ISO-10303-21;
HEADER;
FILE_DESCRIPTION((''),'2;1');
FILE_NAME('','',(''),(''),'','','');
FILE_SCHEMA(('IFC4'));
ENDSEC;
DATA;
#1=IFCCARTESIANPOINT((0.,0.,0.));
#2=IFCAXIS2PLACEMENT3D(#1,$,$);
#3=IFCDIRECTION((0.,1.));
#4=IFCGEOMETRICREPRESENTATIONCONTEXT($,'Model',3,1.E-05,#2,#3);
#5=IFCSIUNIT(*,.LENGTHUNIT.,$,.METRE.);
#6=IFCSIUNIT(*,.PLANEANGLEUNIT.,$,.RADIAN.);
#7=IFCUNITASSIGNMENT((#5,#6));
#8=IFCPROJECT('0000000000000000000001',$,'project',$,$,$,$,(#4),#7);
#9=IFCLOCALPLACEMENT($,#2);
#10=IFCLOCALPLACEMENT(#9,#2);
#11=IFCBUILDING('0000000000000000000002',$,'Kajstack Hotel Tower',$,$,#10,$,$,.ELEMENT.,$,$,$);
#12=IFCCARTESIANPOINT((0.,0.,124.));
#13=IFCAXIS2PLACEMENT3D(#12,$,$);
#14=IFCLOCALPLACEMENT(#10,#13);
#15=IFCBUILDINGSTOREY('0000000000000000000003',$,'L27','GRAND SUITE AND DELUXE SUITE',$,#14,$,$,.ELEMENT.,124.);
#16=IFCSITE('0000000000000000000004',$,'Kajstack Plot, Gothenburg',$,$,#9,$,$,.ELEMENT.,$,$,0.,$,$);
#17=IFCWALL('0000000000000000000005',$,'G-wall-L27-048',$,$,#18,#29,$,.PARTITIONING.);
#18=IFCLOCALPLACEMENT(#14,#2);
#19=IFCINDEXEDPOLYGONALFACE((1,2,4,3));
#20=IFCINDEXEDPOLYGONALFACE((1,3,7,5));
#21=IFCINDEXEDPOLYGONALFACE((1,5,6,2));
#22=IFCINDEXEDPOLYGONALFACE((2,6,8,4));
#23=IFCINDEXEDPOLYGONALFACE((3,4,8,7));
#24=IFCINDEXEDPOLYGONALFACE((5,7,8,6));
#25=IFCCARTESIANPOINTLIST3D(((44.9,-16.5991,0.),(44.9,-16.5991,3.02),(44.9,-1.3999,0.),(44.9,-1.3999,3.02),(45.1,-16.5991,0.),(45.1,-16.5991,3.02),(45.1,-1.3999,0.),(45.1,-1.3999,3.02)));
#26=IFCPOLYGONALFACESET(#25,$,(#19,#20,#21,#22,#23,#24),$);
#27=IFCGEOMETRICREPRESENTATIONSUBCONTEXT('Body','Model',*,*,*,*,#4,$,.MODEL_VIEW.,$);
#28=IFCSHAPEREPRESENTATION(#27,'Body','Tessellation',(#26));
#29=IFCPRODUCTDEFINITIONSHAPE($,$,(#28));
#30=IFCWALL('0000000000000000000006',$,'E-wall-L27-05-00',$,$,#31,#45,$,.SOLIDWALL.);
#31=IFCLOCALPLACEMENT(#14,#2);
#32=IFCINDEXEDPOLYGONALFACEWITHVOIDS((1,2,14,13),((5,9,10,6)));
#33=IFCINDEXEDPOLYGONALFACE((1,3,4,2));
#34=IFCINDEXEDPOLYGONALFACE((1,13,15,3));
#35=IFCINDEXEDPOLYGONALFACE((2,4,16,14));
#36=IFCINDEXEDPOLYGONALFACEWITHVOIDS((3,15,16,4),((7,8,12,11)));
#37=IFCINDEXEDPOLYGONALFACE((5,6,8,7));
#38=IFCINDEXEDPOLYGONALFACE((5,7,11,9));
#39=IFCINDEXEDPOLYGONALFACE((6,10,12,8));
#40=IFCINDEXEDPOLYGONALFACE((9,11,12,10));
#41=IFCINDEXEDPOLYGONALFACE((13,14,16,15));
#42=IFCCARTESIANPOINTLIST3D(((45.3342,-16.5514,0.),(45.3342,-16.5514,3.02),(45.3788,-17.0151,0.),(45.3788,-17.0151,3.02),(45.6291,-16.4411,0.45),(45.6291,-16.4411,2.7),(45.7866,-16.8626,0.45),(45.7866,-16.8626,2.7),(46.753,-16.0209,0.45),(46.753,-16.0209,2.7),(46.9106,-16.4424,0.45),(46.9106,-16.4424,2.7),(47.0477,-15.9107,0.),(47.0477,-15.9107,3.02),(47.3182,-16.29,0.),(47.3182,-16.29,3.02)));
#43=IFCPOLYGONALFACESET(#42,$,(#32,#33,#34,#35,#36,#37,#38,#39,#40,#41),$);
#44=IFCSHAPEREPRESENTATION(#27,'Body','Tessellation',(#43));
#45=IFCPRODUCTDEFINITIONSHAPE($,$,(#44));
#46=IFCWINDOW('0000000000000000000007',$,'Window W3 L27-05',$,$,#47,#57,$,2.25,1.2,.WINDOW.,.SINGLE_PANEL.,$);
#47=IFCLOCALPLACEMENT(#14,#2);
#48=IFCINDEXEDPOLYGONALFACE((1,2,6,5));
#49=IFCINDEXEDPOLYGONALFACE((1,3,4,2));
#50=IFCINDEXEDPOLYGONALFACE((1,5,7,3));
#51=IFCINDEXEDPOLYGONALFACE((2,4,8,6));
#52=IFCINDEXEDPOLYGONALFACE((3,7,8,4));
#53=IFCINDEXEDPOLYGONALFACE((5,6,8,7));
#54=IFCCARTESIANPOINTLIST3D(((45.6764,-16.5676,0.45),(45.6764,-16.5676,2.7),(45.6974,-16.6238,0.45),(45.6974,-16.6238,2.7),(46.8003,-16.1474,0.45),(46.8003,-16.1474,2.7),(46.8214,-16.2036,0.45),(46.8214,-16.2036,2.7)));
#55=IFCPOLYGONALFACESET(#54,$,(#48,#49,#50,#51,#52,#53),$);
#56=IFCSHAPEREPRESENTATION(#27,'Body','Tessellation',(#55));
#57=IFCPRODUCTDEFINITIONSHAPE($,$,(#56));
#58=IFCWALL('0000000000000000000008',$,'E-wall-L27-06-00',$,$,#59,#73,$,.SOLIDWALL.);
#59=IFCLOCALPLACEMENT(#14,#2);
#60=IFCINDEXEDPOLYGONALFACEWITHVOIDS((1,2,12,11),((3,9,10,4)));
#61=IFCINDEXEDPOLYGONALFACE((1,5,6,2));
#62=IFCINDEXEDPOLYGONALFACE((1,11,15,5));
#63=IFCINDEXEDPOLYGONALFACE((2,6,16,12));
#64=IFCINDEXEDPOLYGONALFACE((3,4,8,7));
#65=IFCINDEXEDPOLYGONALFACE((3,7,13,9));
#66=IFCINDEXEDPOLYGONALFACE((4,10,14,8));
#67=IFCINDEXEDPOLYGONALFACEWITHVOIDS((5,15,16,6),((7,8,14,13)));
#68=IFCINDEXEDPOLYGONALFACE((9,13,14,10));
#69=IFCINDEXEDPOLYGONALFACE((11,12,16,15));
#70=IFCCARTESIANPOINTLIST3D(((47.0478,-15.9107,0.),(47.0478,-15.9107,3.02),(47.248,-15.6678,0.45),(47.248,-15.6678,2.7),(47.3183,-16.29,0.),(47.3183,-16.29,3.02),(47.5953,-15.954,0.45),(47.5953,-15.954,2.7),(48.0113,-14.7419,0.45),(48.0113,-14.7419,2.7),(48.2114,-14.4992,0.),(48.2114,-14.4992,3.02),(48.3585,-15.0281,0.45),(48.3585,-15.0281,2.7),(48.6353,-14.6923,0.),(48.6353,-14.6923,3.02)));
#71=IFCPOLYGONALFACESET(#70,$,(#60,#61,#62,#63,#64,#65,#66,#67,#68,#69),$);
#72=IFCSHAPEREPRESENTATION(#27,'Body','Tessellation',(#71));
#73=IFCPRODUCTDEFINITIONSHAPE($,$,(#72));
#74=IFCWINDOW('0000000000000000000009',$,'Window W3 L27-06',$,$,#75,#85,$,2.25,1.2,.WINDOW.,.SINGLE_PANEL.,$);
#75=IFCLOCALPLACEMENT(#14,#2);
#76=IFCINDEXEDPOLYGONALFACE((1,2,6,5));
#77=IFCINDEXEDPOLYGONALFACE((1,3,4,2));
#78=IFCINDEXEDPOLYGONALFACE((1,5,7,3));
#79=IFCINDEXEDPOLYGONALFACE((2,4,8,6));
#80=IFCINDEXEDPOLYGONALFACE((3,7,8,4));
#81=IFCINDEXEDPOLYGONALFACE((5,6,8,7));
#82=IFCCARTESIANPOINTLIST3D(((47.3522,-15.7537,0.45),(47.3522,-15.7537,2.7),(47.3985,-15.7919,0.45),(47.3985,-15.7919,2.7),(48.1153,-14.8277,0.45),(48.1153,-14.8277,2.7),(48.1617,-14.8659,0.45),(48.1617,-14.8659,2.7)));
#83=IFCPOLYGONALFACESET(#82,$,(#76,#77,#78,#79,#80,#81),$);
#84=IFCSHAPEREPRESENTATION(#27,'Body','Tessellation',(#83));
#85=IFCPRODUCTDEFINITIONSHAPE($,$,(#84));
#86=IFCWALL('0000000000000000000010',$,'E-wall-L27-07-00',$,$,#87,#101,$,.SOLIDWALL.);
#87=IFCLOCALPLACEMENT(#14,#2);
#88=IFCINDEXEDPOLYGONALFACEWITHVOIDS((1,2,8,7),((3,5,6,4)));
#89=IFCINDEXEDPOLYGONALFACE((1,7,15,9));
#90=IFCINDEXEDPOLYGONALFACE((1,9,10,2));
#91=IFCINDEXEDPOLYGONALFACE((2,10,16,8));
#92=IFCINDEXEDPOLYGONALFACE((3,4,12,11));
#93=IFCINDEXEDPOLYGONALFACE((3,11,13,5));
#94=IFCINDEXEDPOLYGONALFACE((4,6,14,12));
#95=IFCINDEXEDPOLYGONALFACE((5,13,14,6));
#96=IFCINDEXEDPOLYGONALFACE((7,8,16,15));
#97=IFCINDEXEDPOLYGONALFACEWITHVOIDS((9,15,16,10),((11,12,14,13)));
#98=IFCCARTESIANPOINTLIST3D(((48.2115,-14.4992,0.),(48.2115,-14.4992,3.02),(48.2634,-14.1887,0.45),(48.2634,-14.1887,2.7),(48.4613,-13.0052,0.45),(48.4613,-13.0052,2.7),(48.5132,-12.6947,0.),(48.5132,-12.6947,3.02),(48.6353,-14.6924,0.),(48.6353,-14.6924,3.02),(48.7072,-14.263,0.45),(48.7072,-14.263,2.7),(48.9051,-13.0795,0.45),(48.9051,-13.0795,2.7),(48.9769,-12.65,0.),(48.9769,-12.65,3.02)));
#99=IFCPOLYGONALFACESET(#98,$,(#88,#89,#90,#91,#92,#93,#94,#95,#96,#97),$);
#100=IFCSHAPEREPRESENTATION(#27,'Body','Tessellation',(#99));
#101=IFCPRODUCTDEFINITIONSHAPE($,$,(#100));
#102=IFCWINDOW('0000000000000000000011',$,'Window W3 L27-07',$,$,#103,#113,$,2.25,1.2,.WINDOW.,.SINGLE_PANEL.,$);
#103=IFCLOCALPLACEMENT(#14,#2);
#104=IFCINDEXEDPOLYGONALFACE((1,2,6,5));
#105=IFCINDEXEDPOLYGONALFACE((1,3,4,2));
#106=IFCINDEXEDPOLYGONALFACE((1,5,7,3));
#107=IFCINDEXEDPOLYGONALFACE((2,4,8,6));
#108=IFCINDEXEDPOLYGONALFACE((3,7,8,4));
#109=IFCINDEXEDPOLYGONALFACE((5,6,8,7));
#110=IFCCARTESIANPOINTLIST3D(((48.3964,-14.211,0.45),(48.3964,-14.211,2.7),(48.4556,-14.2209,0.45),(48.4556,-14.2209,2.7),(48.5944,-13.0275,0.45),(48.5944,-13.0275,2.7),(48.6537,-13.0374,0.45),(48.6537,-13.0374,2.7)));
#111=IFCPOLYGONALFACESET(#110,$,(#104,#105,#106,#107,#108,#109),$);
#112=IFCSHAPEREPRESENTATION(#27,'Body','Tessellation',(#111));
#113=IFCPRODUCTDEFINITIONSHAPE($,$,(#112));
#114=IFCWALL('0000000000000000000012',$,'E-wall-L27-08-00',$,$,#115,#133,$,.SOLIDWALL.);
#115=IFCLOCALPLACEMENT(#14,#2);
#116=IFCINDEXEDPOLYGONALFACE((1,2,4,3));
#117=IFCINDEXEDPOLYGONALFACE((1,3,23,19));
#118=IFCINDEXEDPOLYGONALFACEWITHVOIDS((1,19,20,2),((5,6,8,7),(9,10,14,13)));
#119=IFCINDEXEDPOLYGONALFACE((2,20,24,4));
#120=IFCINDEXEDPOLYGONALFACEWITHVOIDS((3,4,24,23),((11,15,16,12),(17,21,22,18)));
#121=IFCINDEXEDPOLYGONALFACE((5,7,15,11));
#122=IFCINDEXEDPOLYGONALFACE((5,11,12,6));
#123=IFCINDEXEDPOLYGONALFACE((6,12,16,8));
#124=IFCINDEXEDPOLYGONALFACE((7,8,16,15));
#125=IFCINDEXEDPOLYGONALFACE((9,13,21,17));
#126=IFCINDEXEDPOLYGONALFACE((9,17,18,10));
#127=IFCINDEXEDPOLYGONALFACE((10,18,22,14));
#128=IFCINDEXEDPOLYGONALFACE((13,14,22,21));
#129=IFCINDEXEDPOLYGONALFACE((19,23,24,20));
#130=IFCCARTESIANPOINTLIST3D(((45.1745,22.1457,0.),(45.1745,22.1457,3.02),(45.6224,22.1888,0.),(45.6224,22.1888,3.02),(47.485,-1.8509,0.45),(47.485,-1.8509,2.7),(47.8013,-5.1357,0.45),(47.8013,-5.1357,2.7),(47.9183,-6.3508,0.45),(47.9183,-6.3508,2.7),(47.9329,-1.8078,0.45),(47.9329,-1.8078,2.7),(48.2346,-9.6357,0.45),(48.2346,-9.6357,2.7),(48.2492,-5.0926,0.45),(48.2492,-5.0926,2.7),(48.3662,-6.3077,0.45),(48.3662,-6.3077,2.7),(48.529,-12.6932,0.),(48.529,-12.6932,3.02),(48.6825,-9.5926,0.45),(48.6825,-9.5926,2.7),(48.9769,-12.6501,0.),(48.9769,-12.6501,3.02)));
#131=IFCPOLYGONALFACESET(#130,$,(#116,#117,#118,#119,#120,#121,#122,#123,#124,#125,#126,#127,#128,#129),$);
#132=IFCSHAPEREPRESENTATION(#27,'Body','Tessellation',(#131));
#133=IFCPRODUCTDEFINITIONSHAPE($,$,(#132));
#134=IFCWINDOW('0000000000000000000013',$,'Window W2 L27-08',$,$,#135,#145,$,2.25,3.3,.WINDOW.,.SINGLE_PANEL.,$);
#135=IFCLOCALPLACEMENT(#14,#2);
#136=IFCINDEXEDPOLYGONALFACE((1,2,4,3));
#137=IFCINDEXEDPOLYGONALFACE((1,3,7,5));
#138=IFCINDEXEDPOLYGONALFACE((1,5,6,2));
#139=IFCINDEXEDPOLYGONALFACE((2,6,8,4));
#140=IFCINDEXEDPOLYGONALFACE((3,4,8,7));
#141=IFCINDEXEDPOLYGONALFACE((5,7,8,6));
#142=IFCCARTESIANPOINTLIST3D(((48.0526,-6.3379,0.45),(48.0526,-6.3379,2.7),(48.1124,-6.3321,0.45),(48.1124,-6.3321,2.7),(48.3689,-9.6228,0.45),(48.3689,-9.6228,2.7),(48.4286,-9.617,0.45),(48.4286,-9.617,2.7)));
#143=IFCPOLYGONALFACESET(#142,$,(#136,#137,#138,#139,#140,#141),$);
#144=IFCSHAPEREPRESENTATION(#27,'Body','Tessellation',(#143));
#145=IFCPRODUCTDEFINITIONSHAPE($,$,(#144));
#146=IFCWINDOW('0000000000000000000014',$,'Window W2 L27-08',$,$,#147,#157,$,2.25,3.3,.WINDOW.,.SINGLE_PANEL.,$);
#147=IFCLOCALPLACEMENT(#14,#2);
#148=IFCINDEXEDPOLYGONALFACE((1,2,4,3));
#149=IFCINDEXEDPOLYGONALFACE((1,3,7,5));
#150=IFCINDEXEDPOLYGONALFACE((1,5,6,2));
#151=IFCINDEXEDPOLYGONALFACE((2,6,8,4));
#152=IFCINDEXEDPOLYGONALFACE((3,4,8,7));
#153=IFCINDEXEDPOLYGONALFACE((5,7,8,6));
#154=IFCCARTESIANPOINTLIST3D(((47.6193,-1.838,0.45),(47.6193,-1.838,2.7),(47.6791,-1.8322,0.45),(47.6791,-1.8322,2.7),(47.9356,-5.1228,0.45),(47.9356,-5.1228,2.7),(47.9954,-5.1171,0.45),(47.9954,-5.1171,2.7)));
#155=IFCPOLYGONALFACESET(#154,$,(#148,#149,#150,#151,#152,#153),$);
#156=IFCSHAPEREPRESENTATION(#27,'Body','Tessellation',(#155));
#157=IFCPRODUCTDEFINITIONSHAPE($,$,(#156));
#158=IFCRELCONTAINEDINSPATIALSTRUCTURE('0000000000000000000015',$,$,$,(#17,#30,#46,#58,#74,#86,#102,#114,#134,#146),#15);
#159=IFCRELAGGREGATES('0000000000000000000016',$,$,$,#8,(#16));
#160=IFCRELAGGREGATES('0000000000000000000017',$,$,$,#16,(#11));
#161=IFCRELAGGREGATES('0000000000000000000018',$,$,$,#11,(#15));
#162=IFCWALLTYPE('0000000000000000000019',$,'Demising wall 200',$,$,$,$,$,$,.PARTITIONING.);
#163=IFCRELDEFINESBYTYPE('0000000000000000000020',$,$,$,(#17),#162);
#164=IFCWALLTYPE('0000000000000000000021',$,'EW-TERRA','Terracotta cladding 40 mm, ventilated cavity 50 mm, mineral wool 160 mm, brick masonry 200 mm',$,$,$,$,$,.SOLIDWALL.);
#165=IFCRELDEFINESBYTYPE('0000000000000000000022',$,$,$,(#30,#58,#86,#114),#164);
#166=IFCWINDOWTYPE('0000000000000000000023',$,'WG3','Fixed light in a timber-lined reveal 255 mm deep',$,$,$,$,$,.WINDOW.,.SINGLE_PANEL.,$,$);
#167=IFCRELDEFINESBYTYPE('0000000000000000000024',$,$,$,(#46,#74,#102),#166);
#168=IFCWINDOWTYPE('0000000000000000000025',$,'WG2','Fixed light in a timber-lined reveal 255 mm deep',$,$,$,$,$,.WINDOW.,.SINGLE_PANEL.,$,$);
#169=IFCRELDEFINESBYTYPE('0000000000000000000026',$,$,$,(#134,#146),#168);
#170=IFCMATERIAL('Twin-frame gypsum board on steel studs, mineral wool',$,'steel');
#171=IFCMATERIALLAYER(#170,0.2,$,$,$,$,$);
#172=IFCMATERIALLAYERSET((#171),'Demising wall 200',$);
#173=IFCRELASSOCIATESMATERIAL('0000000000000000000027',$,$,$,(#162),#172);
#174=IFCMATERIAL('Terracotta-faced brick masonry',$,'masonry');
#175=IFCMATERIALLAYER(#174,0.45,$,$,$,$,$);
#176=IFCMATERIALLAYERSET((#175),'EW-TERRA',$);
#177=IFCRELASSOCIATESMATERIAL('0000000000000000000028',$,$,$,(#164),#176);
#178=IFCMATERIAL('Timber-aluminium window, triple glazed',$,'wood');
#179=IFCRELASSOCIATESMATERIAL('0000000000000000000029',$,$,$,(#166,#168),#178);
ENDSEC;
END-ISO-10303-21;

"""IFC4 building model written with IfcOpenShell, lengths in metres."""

from ifc_helpers import new_model, si_unit, direction, frame, frame_2d, origin, place, context, subcontext, project, spatial, polyline, rectangle, outline, extrude, material, layer, layer_set, type_object, element, fill, save


model = new_model("IFC4")

# Units and contexts
model_context = context("Model", 3, precision=1e-05, world=origin(), true_north=direction((0.0, 1.0)))
body_context = subcontext(model_context, "Body", "Model", "MODEL_VIEW")
ifc_project = project(units=[si_unit("LENGTHUNIT", "METRE"), si_unit("PLANEANGLEUNIT", "RADIAN")], contexts=[model_context])

# Site, building, storey
site_placement = place(None, origin())
site = spatial("IfcSite", under=ifc_project, at=site_placement, Name="Kajstack Plot, Gothenburg", CompositionType="ELEMENT", RefElevation=0.0)
building_placement = place(site_placement, origin())
building = spatial("IfcBuilding", under=site, at=building_placement, Name="Kajstack Hotel Tower", CompositionType="ELEMENT")
storey_placement = place(building_placement, frame((0.0, 0.0, 124.0)))
storey = spatial("IfcBuildingStorey", under=building, at=storey_placement, Name="L27", Description="GRAND SUITE AND DELUXE SUITE", CompositionType="ELEMENT", Elevation=124.0)

# Wall
ifc_material_1 = material(Name="Twin-frame gypsum board on steel studs, mineral wool", Category="steel")
ifc_layer_1 = layer(ifc_material_1, 0.2)
ifc_layer_set_1 = layer_set([ifc_layer_1], Name="Demising wall 200")
wall_type_1 = type_object("IfcWallType", Name="Demising wall 200", PredefinedType="PARTITIONING", material=ifc_layer_set_1)
wall_1_placement = place(storey_placement, frame((45.0, -16.5991, 0.0), z_axis=(0.0, 0.0, 1.0), x_axis=(0.0, 1.0, 0.0)))
element("IfcWall", 1, at=wall_1_placement, inside=storey, type_object=wall_type_1, Name="G-wall-L27-048", PredefinedType="PARTITIONING", context=body_context, shape_type="SweptSolid", body=[
    extrude(rectangle(XDim=15.1992, YDim=0.2, at=frame_2d((7.5996, 0.0))), origin(), (0.0, 0.0, 1.0), 3.02),
])

# Walls, openings, windows
ifc_material_2 = material(Name="Terracotta-faced brick masonry", Category="masonry")
ifc_layer_2 = layer(ifc_material_2, 0.45)
ifc_layer_set_2 = layer_set([ifc_layer_2], Name="EW-TERRA")
wall_type_2 = type_object("IfcWallType", Name="EW-TERRA", Description="Terracotta cladding 40 mm, ventilated cavity 50 mm, mineral wool 160 mm, brick masonry 200 mm", PredefinedType="SOLIDWALL", material=ifc_layer_set_2)
wall_2_placement = place(storey_placement, frame((45.3, -16.8044, 0.0), z_axis=(0.0, 0.0, 1.0), x_axis=(0.936678, 0.350193, 0.0)))
wall_2 = element("IfcWall", 2, at=wall_2_placement, inside=storey, type_object=wall_type_2, Name="E-wall-L27-05-00", PredefinedType="SOLIDWALL", context=body_context, shape_type="SweptSolid", body=[
    extrude(outline(polyline([(0.0, -0.2249), (2.0706, -0.2249), (1.95, 0.2251), (0.1206, 0.2251), (0.0, -0.2249)])), origin(), (0.0, 0.0, 1.0), 3.02),
])
opening_1_placement = place(wall_2_placement, frame((0.4353, 0.0, 0.45)))
opening_1 = element("IfcOpeningElement", 3, at=opening_1_placement, cuts=wall_2, PredefinedType="OPENING", context=body_context, shape_type="SweptSolid", body=[
    extrude(rectangle(XDim=1.2, YDim=2.25, at=frame_2d((0.6001, 1.125))), frame((0.0, 0.2349, 0.0), z_axis=(0.0, -1.0, 0.0), x_axis=(1.0, 0.0, 0.0)), (0.0, 0.0, 1.0), 0.47),
])
ifc_material_3 = material(Name="Timber-aluminium window, triple glazed", Category="wood")
window_type_1 = type_object("IfcWindowType", Name="WG3", Description="Fixed light in a timber-lined reveal 255 mm deep", PartitioningType="SINGLE_PANEL", PredefinedType="WINDOW", material=ifc_material_3)
window_1_placement = place(opening_1_placement, origin())
window_1 = element("IfcWindow", 4, at=window_1_placement, inside=storey, type_object=window_type_1, Name="Window W3 L27-05", OverallHeight=2.25, OverallWidth=1.2, PartitioningType="SINGLE_PANEL", PredefinedType="WINDOW", context=body_context, shape_type="SweptSolid", body=[
    extrude(rectangle(XDim=1.2, YDim=2.25, at=frame_2d((0.6001, 1.125))), frame((0.0, 0.0901, 0.0), z_axis=(0.0, -1.0, 0.0), x_axis=(1.0, 0.0, 0.0)), (0.0, 0.0, 1.0), 0.0601),
])
fill(opening_1, window_1)
wall_3_placement = place(storey_placement, frame((47.1448, -16.147, 0.0), z_axis=(0.0, 0.0, 1.0), x_axis=(0.635988, 0.771699, 0.0)))
wall_3 = element("IfcWall", 5, at=wall_3_placement, inside=storey, type_object=wall_type_2, Name="E-wall-L27-06-00", PredefinedType="SOLIDWALL", context=body_context, shape_type="SweptSolid", body=[
    extrude(outline(polyline([(0.0, -0.2249), (2.0706, -0.2251), (1.95, 0.2249), (0.1206, 0.2251), (0.0, -0.2249)])), origin(), (0.0, 0.0, 1.0), 3.02),
])
opening_2_placement = place(wall_3_placement, frame((0.4353, 0.0, 0.45)))
opening_2 = element("IfcOpeningElement", 6, at=opening_2_placement, cuts=wall_3, PredefinedType="OPENING", context=body_context, shape_type="SweptSolid", body=[
    extrude(rectangle(XDim=1.2, YDim=2.25, at=frame_2d((0.6001, 1.125))), frame((0.0, 0.2349, 0.0), z_axis=(0.0, -1.0, 0.0), x_axis=(1.0, 0.0, 0.0)), (0.0, 0.0, 1.0), 0.47),
])
window_2_placement = place(opening_2_placement, origin())
window_2 = element("IfcWindow", 7, at=window_2_placement, inside=storey, type_object=window_type_1, Name="Window W3 L27-06", OverallHeight=2.25, OverallWidth=1.2, PartitioningType="SINGLE_PANEL", PredefinedType="WINDOW", context=body_context, shape_type="SweptSolid", body=[
    extrude(rectangle(XDim=1.2, YDim=2.25, at=frame_2d((0.6001, 1.125))), frame((0.0, 0.0901, 0.0), z_axis=(0.0, -1.0, 0.0), x_axis=(1.0, 0.0, 0.0)), (0.0, 0.0, 1.0), 0.0601),
])
fill(opening_2, window_2)
wall_4_placement = place(storey_placement, frame((48.4133, -14.6553, 0.0), z_axis=(0.0, 0.0, 1.0), x_axis=(0.165068, 0.986282, 0.0)))
wall_4 = element("IfcWall", 8, at=wall_4_placement, inside=storey, type_object=wall_type_2, Name="E-wall-L27-07-00", PredefinedType="SOLIDWALL", context=body_context, shape_type="SweptSolid", body=[
    extrude(outline(polyline([(0.0, -0.2251), (2.0708, -0.2249), (1.9502, 0.2251), (0.1206, 0.2249), (0.0, -0.2251)])), origin(), (0.0, 0.0, 1.0), 3.02),
])
opening_3_placement = place(wall_4_placement, frame((0.4353, 0.0, 0.45)))
opening_3 = element("IfcOpeningElement", 9, at=opening_3_placement, cuts=wall_4, PredefinedType="OPENING", context=body_context, shape_type="SweptSolid", body=[
    extrude(rectangle(XDim=1.2, YDim=2.25, at=frame_2d((0.6001, 1.125))), frame((0.0, 0.2349, 0.0), z_axis=(0.0, -1.0, 0.0), x_axis=(1.0, 0.0, 0.0)), (0.0, 0.0, 1.0), 0.47),
])
window_3_placement = place(opening_3_placement, origin())
window_3 = element("IfcWindow", 10, at=window_3_placement, inside=storey, type_object=window_type_1, Name="Window W3 L27-07", OverallHeight=2.25, OverallWidth=1.2, PartitioningType="SINGLE_PANEL", PredefinedType="WINDOW", context=body_context, shape_type="SweptSolid", body=[
    extrude(rectangle(XDim=1.2, YDim=2.25, at=frame_2d((0.6001, 1.125))), frame((0.0, 0.0901, 0.0), z_axis=(0.0, -1.0, 0.0), x_axis=(1.0, 0.0, 0.0)), (0.0, 0.0, 1.0), 0.0601),
])
fill(opening_3, window_3)

# Wall, openings, windows
wall_5_placement = place(storey_placement, frame((48.7529, -12.6716, 0.0), z_axis=(0.0, 0.0, 1.0), x_axis=(-0.095843, 0.995396, 0.0)))
wall_5 = element("IfcWall", 11, at=wall_5_placement, inside=storey, type_object=wall_type_2, Name="E-wall-L27-08-00", PredefinedType="SOLIDWALL", context=body_context, shape_type="SweptSolid", body=[
    extrude(rectangle(XDim=35.0, YDim=0.45, at=frame_2d((17.5, 0.0))), origin(), (0.0, 0.0, 1.0), 3.02),
])
opening_4_placement = place(wall_5_placement, frame((3.0718, 0.0, 0.45)))
opening_4 = element("IfcOpeningElement", 12, at=opening_4_placement, cuts=wall_5, PredefinedType="OPENING", context=body_context, shape_type="SweptSolid", body=[
    extrude(rectangle(XDim=3.3, YDim=2.25, at=frame_2d((1.6499, 1.125))), frame((0.0, 0.2349, 0.0), z_axis=(0.0, -1.0, 0.0), x_axis=(1.0, 0.0, 0.0)), (0.0, 0.0, 1.0), 0.47),
])
opening_5_placement = place(wall_5_placement, frame((7.5925, 0.0, 0.45)))
opening_5 = element("IfcOpeningElement", 13, at=opening_5_placement, cuts=wall_5, PredefinedType="OPENING", context=body_context, shape_type="SweptSolid", body=[
    extrude(rectangle(XDim=3.3, YDim=2.25, at=frame_2d((1.6499, 1.125))), frame((0.0, 0.2349, 0.0), z_axis=(0.0, -1.0, 0.0), x_axis=(1.0, 0.0, 0.0)), (0.0, 0.0, 1.0), 0.47),
])
window_type_2 = type_object("IfcWindowType", Name="WG2", Description="Fixed light in a timber-lined reveal 255 mm deep", PartitioningType="SINGLE_PANEL", PredefinedType="WINDOW", material=ifc_material_3)
window_4_placement = place(opening_4_placement, origin())
window_4 = element("IfcWindow", 14, at=window_4_placement, inside=storey, type_object=window_type_2, Name="Window W2 L27-08", OverallHeight=2.25, OverallWidth=3.3, PartitioningType="SINGLE_PANEL", PredefinedType="WINDOW", context=body_context, shape_type="SweptSolid", body=[
    extrude(rectangle(XDim=3.3, YDim=2.25, at=frame_2d((1.6499, 1.125))), frame((0.0, 0.0901, 0.0), z_axis=(0.0, -1.0, 0.0), x_axis=(1.0, 0.0, 0.0)), (0.0, 0.0, 1.0), 0.0601),
])
fill(opening_4, window_4)
window_5_placement = place(opening_5_placement, origin())
window_5 = element("IfcWindow", 15, at=window_5_placement, inside=storey, type_object=window_type_2, Name="Window W2 L27-08", OverallHeight=2.25, OverallWidth=3.3, PartitioningType="SINGLE_PANEL", PredefinedType="WINDOW", context=body_context, shape_type="SweptSolid", body=[
    extrude(rectangle(XDim=3.3, YDim=2.25, at=frame_2d((1.6499, 1.125))), frame((0.0, 0.0901, 0.0), z_axis=(0.0, -1.0, 0.0), x_axis=(1.0, 0.0, 0.0)), (0.0, 0.0, 1.0), 0.0601),
])
fill(opening_5, window_5)

save(model, "model.ifc")
